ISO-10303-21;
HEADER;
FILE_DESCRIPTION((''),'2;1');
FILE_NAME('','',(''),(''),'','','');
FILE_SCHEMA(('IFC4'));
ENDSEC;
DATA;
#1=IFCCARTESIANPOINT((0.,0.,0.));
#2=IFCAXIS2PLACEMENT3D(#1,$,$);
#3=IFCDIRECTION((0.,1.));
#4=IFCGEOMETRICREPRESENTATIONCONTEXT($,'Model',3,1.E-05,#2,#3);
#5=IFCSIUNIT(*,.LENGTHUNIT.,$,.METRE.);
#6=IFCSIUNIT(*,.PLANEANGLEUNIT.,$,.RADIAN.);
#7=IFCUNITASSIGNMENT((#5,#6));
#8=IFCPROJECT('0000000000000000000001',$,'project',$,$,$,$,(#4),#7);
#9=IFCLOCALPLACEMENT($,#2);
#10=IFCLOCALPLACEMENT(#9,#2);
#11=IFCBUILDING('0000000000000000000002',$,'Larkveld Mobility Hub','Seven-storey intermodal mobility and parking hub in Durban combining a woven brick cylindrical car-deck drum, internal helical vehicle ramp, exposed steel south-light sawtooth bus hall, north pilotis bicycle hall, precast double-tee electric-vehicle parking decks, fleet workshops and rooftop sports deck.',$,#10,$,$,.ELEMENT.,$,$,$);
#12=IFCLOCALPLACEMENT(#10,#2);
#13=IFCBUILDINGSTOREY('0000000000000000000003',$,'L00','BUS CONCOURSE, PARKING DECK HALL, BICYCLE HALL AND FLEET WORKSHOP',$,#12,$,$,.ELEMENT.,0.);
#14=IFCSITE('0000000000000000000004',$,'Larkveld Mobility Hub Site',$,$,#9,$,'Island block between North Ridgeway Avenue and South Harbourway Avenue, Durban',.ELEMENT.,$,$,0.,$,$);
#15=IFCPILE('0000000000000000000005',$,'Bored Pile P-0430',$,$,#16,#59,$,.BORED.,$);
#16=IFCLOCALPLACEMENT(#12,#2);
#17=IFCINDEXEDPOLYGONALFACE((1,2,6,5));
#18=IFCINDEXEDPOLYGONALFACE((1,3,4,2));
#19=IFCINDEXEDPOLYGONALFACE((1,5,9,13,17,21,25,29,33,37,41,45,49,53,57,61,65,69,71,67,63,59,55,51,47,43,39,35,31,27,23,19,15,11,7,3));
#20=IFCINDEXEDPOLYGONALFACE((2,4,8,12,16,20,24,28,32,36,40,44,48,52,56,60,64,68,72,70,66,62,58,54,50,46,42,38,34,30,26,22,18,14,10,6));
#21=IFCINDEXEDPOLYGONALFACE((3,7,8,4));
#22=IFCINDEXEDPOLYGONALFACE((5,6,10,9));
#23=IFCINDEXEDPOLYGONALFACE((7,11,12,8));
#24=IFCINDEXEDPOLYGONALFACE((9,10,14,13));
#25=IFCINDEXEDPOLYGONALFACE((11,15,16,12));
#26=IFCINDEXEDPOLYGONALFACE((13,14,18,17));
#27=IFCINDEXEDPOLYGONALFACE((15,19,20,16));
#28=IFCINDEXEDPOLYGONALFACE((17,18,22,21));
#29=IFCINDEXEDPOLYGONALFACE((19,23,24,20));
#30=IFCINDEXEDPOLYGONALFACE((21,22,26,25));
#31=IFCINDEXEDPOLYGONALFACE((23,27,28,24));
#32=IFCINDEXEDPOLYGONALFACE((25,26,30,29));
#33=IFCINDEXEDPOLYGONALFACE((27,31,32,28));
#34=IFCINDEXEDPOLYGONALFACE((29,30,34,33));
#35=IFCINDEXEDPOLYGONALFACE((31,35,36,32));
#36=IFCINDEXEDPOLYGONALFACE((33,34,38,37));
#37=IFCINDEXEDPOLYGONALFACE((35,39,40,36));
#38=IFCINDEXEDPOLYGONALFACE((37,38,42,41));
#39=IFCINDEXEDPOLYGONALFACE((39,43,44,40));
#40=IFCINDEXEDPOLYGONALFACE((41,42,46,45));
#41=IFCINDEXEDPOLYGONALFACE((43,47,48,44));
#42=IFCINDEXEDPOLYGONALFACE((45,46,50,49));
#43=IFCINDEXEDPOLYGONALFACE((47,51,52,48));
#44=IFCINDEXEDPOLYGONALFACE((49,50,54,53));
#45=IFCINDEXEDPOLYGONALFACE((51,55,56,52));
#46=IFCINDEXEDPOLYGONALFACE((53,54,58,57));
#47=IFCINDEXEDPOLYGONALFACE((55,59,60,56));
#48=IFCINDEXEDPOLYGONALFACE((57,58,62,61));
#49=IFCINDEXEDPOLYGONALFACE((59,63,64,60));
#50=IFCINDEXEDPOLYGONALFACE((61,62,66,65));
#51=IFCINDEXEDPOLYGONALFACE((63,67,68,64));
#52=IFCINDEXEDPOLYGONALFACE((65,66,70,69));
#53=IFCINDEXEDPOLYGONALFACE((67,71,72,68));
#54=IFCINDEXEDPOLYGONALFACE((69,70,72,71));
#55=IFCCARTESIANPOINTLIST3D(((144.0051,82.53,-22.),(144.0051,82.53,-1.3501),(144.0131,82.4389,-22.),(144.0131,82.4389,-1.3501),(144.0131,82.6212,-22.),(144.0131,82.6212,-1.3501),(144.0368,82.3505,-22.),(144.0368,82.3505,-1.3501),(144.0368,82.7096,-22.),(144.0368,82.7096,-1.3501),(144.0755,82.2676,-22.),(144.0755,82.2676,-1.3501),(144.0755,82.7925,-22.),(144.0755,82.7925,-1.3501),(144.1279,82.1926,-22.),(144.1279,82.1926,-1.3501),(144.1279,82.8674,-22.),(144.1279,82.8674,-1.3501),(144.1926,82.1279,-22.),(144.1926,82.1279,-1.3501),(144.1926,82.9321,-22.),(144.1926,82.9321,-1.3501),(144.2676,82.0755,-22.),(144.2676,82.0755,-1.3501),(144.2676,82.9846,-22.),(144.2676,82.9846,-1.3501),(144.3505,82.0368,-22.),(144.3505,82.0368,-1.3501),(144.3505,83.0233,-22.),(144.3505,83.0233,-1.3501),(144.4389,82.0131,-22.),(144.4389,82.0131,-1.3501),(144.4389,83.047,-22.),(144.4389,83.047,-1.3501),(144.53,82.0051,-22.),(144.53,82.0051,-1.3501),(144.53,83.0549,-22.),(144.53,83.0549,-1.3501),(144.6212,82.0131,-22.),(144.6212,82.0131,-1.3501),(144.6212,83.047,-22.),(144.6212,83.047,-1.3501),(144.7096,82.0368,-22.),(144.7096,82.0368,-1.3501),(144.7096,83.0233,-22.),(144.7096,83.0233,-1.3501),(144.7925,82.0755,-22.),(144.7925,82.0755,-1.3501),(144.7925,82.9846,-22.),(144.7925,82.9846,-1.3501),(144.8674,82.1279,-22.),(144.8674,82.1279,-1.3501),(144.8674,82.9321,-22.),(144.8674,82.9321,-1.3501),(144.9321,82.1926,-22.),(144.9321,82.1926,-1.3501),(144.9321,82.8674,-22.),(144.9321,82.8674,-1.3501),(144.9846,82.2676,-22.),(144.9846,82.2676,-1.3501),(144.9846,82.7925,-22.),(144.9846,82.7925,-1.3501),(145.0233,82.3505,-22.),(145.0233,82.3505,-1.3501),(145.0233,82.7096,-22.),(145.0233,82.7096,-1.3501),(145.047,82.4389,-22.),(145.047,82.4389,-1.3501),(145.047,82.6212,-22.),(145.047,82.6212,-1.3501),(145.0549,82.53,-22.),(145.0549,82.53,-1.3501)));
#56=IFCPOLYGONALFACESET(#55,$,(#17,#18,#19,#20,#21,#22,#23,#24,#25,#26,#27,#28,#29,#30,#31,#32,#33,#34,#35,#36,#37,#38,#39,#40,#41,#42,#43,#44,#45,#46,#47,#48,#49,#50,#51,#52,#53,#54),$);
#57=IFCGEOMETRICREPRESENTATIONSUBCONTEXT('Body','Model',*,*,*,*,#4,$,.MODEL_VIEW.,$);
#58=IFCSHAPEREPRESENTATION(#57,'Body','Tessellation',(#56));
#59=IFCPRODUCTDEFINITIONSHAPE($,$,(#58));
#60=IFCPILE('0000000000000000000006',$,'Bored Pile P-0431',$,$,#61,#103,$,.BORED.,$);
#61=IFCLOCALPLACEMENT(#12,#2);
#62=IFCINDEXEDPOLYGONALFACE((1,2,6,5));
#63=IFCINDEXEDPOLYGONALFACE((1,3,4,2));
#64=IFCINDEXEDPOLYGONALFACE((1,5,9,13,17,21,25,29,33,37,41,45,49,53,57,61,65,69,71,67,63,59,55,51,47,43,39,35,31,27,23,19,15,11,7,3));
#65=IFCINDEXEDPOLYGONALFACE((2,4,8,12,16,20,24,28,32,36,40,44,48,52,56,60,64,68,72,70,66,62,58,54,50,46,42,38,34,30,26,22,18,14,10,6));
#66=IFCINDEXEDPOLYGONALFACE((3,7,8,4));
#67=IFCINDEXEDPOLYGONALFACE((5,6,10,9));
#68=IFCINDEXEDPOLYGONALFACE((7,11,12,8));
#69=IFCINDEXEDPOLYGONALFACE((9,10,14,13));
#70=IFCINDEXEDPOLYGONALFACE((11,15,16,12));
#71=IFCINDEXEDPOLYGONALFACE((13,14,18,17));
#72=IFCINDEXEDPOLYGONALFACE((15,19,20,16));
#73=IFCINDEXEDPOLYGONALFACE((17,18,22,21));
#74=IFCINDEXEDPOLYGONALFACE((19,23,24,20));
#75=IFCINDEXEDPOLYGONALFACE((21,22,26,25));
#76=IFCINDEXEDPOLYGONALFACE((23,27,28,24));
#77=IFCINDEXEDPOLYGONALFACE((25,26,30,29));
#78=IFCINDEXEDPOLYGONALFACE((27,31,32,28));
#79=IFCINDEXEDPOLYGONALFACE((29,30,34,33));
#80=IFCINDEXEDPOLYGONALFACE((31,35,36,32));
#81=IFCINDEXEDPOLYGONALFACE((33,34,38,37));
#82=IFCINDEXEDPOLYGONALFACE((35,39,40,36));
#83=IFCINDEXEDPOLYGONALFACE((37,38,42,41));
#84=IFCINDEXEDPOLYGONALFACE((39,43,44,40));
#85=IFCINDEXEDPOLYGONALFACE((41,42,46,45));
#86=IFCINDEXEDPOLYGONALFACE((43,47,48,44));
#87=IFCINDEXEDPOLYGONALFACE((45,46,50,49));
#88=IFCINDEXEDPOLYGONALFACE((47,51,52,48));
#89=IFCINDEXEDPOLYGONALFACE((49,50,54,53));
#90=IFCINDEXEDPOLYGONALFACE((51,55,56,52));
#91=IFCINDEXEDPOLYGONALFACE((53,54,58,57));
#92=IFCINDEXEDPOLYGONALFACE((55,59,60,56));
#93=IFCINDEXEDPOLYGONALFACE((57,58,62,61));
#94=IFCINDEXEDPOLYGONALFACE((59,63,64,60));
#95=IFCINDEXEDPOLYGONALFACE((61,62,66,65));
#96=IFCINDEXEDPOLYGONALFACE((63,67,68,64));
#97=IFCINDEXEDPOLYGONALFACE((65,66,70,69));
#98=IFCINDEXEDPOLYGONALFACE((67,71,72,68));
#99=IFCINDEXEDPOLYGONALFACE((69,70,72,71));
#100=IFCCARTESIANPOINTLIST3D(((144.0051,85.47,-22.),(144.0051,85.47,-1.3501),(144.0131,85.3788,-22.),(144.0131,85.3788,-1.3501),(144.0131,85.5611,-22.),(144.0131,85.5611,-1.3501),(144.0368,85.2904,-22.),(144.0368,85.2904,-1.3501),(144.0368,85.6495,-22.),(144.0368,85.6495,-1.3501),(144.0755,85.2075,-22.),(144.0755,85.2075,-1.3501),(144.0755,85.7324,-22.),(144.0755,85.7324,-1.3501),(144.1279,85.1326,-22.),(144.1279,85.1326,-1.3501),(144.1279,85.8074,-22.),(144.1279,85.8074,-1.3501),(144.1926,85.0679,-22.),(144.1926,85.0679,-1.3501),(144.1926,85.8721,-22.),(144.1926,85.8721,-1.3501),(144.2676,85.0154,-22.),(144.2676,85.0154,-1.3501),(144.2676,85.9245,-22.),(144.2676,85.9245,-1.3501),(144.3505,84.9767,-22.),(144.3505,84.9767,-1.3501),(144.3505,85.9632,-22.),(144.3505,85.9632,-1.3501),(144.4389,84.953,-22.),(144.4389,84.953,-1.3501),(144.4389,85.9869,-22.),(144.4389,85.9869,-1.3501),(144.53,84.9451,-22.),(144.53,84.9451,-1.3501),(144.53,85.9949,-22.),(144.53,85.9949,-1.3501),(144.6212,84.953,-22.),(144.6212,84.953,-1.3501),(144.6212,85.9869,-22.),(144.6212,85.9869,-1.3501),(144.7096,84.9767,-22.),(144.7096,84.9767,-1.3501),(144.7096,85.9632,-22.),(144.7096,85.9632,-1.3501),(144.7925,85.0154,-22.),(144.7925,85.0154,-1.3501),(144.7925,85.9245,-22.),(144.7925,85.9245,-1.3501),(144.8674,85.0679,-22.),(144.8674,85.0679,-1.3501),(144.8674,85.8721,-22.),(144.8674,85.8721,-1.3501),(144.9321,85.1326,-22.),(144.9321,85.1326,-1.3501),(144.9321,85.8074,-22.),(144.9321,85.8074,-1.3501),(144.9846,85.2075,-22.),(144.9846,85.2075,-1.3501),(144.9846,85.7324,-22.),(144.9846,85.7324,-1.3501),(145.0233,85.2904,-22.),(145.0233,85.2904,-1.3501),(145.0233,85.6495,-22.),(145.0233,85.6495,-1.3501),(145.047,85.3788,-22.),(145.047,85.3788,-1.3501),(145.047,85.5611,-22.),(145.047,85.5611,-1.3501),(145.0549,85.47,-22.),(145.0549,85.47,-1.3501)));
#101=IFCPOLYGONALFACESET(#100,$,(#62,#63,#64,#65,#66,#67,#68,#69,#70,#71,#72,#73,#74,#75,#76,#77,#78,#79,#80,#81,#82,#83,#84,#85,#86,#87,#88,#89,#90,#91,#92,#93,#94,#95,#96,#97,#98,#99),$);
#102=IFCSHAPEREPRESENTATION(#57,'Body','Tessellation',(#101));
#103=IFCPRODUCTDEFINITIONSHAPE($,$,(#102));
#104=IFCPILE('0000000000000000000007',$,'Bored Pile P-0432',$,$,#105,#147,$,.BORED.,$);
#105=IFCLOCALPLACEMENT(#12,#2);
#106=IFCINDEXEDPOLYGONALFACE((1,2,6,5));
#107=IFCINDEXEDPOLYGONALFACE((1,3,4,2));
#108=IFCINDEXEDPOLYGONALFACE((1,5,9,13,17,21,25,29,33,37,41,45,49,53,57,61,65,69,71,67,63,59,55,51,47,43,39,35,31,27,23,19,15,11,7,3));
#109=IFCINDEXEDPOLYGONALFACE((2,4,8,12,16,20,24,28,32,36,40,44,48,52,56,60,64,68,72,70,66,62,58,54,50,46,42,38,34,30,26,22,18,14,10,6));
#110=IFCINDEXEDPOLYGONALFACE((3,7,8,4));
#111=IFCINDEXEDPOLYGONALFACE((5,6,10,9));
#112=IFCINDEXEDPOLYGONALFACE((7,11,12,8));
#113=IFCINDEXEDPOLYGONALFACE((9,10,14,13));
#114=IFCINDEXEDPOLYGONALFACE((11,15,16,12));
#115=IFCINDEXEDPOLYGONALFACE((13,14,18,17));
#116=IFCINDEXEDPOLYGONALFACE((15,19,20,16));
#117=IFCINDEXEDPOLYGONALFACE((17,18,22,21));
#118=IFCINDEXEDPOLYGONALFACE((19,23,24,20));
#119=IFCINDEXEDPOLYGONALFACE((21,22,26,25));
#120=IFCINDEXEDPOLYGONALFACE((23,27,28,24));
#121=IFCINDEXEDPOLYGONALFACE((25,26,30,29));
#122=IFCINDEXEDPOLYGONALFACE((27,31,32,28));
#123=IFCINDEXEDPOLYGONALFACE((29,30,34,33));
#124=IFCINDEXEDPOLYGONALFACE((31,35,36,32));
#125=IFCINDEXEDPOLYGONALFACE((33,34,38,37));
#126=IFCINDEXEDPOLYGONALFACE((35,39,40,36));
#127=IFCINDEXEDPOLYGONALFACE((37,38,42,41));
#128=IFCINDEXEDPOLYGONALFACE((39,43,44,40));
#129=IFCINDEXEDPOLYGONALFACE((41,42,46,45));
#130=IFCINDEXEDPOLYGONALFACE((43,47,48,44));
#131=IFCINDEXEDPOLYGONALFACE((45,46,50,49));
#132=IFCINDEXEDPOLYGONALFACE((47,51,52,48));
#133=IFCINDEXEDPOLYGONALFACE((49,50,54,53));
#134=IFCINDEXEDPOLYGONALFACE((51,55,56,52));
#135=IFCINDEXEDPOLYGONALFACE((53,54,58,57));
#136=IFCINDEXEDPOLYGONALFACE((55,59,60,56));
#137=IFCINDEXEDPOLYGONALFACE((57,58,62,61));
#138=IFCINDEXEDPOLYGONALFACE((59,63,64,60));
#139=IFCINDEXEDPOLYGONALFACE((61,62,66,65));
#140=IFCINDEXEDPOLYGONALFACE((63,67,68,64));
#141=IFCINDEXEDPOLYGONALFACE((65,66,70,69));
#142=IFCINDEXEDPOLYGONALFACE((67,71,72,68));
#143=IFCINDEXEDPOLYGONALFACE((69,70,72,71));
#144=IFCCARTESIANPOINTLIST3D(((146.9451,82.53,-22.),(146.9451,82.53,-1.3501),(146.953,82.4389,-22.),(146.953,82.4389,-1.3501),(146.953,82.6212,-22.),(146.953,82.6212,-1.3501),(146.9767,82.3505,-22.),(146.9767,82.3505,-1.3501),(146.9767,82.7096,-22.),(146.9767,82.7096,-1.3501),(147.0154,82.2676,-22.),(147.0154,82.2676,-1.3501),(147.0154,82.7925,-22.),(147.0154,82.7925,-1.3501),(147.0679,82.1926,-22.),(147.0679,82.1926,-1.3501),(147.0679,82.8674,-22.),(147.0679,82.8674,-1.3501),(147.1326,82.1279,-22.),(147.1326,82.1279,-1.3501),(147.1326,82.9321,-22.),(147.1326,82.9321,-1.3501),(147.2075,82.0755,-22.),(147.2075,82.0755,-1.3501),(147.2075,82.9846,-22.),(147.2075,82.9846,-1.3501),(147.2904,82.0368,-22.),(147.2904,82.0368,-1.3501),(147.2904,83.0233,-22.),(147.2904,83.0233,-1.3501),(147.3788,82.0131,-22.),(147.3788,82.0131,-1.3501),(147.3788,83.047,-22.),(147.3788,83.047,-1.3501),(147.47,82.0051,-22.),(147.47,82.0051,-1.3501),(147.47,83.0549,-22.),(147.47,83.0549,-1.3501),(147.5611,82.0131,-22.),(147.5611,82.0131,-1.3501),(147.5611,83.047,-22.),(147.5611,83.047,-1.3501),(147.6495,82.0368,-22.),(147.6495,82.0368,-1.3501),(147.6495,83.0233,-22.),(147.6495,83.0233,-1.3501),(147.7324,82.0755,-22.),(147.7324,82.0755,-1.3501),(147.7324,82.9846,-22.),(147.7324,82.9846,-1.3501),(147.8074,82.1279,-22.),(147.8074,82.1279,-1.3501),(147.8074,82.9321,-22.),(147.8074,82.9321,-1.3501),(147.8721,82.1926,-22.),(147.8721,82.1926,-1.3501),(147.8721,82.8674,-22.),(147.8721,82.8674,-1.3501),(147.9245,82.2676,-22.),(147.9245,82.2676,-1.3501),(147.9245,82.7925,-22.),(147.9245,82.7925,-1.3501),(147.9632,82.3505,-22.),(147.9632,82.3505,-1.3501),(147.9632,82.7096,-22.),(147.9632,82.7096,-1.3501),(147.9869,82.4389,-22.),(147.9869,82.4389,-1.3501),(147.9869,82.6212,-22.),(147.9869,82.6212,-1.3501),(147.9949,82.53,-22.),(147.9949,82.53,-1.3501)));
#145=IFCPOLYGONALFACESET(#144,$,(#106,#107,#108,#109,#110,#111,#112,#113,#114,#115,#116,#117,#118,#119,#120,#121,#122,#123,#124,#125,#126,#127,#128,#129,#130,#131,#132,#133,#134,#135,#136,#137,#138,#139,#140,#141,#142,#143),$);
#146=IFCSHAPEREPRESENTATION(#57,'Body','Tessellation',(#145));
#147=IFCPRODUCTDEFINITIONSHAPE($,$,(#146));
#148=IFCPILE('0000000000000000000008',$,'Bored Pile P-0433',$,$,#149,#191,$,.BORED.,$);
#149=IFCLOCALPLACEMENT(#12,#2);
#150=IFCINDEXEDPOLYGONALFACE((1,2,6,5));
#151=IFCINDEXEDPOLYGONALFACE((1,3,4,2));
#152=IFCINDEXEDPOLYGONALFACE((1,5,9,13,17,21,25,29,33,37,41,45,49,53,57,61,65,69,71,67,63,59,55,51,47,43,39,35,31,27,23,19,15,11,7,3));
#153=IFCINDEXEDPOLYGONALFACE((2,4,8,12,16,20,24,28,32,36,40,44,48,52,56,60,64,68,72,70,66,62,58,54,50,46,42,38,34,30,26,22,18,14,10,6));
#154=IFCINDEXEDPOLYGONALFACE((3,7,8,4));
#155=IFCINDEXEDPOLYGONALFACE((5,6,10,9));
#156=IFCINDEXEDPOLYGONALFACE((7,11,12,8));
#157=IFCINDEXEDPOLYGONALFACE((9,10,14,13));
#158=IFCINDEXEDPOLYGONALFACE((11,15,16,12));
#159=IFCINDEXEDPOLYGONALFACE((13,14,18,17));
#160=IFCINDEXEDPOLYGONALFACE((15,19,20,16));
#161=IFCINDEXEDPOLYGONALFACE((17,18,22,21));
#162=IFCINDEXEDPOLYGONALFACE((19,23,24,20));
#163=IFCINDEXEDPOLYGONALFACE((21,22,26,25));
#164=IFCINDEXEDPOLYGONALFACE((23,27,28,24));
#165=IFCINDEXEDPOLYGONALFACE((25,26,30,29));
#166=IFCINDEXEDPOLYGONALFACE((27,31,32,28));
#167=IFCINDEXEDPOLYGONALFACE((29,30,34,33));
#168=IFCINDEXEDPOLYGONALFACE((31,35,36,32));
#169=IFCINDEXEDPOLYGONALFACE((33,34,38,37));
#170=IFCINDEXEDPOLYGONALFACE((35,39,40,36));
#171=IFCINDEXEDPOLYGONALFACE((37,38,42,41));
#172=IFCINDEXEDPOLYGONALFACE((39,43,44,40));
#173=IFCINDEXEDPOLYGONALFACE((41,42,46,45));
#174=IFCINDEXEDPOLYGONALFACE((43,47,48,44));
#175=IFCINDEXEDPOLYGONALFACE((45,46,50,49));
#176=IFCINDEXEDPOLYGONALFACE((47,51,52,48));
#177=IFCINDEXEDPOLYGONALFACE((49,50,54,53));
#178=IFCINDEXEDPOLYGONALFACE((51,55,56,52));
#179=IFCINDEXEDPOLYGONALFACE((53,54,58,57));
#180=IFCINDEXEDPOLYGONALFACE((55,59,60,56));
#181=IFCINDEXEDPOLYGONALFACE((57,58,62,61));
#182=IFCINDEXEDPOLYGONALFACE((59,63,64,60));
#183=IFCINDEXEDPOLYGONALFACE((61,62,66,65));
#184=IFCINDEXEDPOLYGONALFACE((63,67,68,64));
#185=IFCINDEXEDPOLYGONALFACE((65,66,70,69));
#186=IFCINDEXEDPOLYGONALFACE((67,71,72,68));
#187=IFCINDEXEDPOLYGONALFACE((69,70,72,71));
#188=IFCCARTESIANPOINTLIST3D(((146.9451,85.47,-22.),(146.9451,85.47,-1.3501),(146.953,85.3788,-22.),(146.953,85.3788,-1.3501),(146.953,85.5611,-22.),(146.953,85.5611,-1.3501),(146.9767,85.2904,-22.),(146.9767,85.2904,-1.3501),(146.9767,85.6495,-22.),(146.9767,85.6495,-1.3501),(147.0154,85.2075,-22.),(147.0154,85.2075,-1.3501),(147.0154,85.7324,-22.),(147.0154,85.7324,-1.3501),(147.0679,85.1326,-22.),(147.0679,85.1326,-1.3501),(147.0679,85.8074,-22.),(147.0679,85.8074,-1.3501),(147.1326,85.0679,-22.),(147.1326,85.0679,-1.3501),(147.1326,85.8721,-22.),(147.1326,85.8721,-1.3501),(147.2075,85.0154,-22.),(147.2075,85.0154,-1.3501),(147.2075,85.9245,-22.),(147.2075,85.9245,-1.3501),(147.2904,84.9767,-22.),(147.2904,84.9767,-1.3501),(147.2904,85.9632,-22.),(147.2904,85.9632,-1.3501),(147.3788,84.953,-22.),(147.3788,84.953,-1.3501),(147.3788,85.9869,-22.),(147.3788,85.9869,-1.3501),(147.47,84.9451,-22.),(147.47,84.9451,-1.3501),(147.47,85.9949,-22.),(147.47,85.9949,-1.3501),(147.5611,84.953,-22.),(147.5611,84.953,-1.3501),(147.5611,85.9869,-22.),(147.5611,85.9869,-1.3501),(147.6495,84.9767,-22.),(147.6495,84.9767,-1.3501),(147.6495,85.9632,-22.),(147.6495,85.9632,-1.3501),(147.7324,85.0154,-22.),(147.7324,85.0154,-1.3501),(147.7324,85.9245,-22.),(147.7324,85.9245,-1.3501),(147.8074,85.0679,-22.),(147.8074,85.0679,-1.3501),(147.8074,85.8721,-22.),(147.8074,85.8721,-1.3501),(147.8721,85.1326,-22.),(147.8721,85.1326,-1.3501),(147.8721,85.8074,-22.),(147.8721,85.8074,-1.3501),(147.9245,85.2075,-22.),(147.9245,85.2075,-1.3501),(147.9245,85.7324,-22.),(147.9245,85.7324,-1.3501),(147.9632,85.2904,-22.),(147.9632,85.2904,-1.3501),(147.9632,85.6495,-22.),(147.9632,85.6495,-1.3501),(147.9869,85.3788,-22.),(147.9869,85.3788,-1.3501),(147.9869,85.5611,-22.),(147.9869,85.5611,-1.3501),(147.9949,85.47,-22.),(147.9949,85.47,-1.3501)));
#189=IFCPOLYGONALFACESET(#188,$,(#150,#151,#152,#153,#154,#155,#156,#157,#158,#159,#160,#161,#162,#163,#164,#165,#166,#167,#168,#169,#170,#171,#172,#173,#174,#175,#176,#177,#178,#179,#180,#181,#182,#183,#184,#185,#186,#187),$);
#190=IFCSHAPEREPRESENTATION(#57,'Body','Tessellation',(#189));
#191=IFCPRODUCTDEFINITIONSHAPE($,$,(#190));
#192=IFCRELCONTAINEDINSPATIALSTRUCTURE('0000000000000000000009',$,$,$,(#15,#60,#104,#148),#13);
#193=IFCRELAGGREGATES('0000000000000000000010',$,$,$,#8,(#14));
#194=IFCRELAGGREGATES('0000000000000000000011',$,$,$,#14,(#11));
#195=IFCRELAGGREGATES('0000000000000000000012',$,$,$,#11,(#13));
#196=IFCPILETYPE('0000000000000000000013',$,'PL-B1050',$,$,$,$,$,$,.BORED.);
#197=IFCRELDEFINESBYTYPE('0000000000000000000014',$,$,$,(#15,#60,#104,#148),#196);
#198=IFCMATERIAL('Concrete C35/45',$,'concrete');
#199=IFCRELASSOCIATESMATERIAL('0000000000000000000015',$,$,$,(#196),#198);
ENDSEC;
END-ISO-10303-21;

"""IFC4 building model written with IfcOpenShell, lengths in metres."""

from ifc_helpers import new_model, si_unit, direction, frame, origin, origin_2d, place, context, subcontext, project, spatial, circle, extrude, material, material_profile, profile_set, type_object, element, save


model = new_model("IFC4")

# Units and contexts
model_context = context("Model", 3, precision=1e-05, world=origin(), true_north=direction((0.0, 1.0)))
body_context = subcontext(model_context, "Body", "Model", "MODEL_VIEW")
ifc_project = project(units=[si_unit("LENGTHUNIT", "METRE"), si_unit("PLANEANGLEUNIT", "RADIAN")], contexts=[model_context])

# Site, building, storey
site_placement = place(None, origin())
site = spatial("IfcSite", under=ifc_project, at=site_placement, Name="Larkveld Mobility Hub Site", LongName="Island block between North Ridgeway Avenue and South Harbourway Avenue, Durban", CompositionType="ELEMENT", RefElevation=0.0)
building_placement = place(site_placement, origin())
building = spatial("IfcBuilding", under=site, at=building_placement, Name="Larkveld Mobility Hub", Description="Seven-storey intermodal mobility and parking hub in Durban combining a woven brick cylindrical car-deck drum, internal helical vehicle ramp, exposed steel south-light sawtooth bus hall, north pilotis bicycle hall, precast double-tee electric-vehicle parking decks, fleet workshops and rooftop sports deck.", CompositionType="ELEMENT")
storey_placement = place(building_placement, origin())
storey = spatial("IfcBuildingStorey", under=building, at=storey_placement, Name="L00", Description="BUS CONCOURSE, PARKING DECK HALL, BICYCLE HALL AND FLEET WORKSHOP", CompositionType="ELEMENT", Elevation=0.0)

# Shared definitions
ifc_material_1 = material(Name="Concrete C35/45", Category="concrete")

# Piles
ifc_material_profile_1 = material_profile(ifc_material_1, circle(Radius=0.5249, at=origin_2d()), Name="PILE D1050")
ifc_profile_set_1 = profile_set([ifc_material_profile_1], Name="Concrete C35/45")
pile_type_1 = type_object("IfcPileType", Name="PL-B1050", PredefinedType="BORED", material=ifc_profile_set_1)
for number, where, z_axis, x_axis, name in (
    (1, (144.53, 82.53, -1.3501), (0.0, 0.0, -1.0), (1.0, 0.0, 0.0), "Bored Pile P-0430"),
    (2, (144.53, 85.47, -1.3501), (0.0, 0.0, -1.0), (1.0, 0.0, 0.0), "Bored Pile P-0431"),
    (3, (147.47, 82.53, -1.3501), (0.0, 0.0, -1.0), (1.0, 0.0, 0.0), "Bored Pile P-0432"),
    (4, (147.47, 85.47, -1.3501), (0.0, 0.0, -1.0), (1.0, 0.0, 0.0), "Bored Pile P-0433"),
):
    element("IfcPile", number, at=place(storey_placement, frame(where, z_axis=z_axis, x_axis=x_axis)), inside=storey, type_object=pile_type_1, Name=name, PredefinedType="BORED", context=body_context, shape_type="SweptSolid", body=[
        extrude(circle(Radius=0.5249, at=origin_2d()), origin(), (0.0, 0.0, 1.0), 20.6499),
    ])

save(model, "model.ifc")
